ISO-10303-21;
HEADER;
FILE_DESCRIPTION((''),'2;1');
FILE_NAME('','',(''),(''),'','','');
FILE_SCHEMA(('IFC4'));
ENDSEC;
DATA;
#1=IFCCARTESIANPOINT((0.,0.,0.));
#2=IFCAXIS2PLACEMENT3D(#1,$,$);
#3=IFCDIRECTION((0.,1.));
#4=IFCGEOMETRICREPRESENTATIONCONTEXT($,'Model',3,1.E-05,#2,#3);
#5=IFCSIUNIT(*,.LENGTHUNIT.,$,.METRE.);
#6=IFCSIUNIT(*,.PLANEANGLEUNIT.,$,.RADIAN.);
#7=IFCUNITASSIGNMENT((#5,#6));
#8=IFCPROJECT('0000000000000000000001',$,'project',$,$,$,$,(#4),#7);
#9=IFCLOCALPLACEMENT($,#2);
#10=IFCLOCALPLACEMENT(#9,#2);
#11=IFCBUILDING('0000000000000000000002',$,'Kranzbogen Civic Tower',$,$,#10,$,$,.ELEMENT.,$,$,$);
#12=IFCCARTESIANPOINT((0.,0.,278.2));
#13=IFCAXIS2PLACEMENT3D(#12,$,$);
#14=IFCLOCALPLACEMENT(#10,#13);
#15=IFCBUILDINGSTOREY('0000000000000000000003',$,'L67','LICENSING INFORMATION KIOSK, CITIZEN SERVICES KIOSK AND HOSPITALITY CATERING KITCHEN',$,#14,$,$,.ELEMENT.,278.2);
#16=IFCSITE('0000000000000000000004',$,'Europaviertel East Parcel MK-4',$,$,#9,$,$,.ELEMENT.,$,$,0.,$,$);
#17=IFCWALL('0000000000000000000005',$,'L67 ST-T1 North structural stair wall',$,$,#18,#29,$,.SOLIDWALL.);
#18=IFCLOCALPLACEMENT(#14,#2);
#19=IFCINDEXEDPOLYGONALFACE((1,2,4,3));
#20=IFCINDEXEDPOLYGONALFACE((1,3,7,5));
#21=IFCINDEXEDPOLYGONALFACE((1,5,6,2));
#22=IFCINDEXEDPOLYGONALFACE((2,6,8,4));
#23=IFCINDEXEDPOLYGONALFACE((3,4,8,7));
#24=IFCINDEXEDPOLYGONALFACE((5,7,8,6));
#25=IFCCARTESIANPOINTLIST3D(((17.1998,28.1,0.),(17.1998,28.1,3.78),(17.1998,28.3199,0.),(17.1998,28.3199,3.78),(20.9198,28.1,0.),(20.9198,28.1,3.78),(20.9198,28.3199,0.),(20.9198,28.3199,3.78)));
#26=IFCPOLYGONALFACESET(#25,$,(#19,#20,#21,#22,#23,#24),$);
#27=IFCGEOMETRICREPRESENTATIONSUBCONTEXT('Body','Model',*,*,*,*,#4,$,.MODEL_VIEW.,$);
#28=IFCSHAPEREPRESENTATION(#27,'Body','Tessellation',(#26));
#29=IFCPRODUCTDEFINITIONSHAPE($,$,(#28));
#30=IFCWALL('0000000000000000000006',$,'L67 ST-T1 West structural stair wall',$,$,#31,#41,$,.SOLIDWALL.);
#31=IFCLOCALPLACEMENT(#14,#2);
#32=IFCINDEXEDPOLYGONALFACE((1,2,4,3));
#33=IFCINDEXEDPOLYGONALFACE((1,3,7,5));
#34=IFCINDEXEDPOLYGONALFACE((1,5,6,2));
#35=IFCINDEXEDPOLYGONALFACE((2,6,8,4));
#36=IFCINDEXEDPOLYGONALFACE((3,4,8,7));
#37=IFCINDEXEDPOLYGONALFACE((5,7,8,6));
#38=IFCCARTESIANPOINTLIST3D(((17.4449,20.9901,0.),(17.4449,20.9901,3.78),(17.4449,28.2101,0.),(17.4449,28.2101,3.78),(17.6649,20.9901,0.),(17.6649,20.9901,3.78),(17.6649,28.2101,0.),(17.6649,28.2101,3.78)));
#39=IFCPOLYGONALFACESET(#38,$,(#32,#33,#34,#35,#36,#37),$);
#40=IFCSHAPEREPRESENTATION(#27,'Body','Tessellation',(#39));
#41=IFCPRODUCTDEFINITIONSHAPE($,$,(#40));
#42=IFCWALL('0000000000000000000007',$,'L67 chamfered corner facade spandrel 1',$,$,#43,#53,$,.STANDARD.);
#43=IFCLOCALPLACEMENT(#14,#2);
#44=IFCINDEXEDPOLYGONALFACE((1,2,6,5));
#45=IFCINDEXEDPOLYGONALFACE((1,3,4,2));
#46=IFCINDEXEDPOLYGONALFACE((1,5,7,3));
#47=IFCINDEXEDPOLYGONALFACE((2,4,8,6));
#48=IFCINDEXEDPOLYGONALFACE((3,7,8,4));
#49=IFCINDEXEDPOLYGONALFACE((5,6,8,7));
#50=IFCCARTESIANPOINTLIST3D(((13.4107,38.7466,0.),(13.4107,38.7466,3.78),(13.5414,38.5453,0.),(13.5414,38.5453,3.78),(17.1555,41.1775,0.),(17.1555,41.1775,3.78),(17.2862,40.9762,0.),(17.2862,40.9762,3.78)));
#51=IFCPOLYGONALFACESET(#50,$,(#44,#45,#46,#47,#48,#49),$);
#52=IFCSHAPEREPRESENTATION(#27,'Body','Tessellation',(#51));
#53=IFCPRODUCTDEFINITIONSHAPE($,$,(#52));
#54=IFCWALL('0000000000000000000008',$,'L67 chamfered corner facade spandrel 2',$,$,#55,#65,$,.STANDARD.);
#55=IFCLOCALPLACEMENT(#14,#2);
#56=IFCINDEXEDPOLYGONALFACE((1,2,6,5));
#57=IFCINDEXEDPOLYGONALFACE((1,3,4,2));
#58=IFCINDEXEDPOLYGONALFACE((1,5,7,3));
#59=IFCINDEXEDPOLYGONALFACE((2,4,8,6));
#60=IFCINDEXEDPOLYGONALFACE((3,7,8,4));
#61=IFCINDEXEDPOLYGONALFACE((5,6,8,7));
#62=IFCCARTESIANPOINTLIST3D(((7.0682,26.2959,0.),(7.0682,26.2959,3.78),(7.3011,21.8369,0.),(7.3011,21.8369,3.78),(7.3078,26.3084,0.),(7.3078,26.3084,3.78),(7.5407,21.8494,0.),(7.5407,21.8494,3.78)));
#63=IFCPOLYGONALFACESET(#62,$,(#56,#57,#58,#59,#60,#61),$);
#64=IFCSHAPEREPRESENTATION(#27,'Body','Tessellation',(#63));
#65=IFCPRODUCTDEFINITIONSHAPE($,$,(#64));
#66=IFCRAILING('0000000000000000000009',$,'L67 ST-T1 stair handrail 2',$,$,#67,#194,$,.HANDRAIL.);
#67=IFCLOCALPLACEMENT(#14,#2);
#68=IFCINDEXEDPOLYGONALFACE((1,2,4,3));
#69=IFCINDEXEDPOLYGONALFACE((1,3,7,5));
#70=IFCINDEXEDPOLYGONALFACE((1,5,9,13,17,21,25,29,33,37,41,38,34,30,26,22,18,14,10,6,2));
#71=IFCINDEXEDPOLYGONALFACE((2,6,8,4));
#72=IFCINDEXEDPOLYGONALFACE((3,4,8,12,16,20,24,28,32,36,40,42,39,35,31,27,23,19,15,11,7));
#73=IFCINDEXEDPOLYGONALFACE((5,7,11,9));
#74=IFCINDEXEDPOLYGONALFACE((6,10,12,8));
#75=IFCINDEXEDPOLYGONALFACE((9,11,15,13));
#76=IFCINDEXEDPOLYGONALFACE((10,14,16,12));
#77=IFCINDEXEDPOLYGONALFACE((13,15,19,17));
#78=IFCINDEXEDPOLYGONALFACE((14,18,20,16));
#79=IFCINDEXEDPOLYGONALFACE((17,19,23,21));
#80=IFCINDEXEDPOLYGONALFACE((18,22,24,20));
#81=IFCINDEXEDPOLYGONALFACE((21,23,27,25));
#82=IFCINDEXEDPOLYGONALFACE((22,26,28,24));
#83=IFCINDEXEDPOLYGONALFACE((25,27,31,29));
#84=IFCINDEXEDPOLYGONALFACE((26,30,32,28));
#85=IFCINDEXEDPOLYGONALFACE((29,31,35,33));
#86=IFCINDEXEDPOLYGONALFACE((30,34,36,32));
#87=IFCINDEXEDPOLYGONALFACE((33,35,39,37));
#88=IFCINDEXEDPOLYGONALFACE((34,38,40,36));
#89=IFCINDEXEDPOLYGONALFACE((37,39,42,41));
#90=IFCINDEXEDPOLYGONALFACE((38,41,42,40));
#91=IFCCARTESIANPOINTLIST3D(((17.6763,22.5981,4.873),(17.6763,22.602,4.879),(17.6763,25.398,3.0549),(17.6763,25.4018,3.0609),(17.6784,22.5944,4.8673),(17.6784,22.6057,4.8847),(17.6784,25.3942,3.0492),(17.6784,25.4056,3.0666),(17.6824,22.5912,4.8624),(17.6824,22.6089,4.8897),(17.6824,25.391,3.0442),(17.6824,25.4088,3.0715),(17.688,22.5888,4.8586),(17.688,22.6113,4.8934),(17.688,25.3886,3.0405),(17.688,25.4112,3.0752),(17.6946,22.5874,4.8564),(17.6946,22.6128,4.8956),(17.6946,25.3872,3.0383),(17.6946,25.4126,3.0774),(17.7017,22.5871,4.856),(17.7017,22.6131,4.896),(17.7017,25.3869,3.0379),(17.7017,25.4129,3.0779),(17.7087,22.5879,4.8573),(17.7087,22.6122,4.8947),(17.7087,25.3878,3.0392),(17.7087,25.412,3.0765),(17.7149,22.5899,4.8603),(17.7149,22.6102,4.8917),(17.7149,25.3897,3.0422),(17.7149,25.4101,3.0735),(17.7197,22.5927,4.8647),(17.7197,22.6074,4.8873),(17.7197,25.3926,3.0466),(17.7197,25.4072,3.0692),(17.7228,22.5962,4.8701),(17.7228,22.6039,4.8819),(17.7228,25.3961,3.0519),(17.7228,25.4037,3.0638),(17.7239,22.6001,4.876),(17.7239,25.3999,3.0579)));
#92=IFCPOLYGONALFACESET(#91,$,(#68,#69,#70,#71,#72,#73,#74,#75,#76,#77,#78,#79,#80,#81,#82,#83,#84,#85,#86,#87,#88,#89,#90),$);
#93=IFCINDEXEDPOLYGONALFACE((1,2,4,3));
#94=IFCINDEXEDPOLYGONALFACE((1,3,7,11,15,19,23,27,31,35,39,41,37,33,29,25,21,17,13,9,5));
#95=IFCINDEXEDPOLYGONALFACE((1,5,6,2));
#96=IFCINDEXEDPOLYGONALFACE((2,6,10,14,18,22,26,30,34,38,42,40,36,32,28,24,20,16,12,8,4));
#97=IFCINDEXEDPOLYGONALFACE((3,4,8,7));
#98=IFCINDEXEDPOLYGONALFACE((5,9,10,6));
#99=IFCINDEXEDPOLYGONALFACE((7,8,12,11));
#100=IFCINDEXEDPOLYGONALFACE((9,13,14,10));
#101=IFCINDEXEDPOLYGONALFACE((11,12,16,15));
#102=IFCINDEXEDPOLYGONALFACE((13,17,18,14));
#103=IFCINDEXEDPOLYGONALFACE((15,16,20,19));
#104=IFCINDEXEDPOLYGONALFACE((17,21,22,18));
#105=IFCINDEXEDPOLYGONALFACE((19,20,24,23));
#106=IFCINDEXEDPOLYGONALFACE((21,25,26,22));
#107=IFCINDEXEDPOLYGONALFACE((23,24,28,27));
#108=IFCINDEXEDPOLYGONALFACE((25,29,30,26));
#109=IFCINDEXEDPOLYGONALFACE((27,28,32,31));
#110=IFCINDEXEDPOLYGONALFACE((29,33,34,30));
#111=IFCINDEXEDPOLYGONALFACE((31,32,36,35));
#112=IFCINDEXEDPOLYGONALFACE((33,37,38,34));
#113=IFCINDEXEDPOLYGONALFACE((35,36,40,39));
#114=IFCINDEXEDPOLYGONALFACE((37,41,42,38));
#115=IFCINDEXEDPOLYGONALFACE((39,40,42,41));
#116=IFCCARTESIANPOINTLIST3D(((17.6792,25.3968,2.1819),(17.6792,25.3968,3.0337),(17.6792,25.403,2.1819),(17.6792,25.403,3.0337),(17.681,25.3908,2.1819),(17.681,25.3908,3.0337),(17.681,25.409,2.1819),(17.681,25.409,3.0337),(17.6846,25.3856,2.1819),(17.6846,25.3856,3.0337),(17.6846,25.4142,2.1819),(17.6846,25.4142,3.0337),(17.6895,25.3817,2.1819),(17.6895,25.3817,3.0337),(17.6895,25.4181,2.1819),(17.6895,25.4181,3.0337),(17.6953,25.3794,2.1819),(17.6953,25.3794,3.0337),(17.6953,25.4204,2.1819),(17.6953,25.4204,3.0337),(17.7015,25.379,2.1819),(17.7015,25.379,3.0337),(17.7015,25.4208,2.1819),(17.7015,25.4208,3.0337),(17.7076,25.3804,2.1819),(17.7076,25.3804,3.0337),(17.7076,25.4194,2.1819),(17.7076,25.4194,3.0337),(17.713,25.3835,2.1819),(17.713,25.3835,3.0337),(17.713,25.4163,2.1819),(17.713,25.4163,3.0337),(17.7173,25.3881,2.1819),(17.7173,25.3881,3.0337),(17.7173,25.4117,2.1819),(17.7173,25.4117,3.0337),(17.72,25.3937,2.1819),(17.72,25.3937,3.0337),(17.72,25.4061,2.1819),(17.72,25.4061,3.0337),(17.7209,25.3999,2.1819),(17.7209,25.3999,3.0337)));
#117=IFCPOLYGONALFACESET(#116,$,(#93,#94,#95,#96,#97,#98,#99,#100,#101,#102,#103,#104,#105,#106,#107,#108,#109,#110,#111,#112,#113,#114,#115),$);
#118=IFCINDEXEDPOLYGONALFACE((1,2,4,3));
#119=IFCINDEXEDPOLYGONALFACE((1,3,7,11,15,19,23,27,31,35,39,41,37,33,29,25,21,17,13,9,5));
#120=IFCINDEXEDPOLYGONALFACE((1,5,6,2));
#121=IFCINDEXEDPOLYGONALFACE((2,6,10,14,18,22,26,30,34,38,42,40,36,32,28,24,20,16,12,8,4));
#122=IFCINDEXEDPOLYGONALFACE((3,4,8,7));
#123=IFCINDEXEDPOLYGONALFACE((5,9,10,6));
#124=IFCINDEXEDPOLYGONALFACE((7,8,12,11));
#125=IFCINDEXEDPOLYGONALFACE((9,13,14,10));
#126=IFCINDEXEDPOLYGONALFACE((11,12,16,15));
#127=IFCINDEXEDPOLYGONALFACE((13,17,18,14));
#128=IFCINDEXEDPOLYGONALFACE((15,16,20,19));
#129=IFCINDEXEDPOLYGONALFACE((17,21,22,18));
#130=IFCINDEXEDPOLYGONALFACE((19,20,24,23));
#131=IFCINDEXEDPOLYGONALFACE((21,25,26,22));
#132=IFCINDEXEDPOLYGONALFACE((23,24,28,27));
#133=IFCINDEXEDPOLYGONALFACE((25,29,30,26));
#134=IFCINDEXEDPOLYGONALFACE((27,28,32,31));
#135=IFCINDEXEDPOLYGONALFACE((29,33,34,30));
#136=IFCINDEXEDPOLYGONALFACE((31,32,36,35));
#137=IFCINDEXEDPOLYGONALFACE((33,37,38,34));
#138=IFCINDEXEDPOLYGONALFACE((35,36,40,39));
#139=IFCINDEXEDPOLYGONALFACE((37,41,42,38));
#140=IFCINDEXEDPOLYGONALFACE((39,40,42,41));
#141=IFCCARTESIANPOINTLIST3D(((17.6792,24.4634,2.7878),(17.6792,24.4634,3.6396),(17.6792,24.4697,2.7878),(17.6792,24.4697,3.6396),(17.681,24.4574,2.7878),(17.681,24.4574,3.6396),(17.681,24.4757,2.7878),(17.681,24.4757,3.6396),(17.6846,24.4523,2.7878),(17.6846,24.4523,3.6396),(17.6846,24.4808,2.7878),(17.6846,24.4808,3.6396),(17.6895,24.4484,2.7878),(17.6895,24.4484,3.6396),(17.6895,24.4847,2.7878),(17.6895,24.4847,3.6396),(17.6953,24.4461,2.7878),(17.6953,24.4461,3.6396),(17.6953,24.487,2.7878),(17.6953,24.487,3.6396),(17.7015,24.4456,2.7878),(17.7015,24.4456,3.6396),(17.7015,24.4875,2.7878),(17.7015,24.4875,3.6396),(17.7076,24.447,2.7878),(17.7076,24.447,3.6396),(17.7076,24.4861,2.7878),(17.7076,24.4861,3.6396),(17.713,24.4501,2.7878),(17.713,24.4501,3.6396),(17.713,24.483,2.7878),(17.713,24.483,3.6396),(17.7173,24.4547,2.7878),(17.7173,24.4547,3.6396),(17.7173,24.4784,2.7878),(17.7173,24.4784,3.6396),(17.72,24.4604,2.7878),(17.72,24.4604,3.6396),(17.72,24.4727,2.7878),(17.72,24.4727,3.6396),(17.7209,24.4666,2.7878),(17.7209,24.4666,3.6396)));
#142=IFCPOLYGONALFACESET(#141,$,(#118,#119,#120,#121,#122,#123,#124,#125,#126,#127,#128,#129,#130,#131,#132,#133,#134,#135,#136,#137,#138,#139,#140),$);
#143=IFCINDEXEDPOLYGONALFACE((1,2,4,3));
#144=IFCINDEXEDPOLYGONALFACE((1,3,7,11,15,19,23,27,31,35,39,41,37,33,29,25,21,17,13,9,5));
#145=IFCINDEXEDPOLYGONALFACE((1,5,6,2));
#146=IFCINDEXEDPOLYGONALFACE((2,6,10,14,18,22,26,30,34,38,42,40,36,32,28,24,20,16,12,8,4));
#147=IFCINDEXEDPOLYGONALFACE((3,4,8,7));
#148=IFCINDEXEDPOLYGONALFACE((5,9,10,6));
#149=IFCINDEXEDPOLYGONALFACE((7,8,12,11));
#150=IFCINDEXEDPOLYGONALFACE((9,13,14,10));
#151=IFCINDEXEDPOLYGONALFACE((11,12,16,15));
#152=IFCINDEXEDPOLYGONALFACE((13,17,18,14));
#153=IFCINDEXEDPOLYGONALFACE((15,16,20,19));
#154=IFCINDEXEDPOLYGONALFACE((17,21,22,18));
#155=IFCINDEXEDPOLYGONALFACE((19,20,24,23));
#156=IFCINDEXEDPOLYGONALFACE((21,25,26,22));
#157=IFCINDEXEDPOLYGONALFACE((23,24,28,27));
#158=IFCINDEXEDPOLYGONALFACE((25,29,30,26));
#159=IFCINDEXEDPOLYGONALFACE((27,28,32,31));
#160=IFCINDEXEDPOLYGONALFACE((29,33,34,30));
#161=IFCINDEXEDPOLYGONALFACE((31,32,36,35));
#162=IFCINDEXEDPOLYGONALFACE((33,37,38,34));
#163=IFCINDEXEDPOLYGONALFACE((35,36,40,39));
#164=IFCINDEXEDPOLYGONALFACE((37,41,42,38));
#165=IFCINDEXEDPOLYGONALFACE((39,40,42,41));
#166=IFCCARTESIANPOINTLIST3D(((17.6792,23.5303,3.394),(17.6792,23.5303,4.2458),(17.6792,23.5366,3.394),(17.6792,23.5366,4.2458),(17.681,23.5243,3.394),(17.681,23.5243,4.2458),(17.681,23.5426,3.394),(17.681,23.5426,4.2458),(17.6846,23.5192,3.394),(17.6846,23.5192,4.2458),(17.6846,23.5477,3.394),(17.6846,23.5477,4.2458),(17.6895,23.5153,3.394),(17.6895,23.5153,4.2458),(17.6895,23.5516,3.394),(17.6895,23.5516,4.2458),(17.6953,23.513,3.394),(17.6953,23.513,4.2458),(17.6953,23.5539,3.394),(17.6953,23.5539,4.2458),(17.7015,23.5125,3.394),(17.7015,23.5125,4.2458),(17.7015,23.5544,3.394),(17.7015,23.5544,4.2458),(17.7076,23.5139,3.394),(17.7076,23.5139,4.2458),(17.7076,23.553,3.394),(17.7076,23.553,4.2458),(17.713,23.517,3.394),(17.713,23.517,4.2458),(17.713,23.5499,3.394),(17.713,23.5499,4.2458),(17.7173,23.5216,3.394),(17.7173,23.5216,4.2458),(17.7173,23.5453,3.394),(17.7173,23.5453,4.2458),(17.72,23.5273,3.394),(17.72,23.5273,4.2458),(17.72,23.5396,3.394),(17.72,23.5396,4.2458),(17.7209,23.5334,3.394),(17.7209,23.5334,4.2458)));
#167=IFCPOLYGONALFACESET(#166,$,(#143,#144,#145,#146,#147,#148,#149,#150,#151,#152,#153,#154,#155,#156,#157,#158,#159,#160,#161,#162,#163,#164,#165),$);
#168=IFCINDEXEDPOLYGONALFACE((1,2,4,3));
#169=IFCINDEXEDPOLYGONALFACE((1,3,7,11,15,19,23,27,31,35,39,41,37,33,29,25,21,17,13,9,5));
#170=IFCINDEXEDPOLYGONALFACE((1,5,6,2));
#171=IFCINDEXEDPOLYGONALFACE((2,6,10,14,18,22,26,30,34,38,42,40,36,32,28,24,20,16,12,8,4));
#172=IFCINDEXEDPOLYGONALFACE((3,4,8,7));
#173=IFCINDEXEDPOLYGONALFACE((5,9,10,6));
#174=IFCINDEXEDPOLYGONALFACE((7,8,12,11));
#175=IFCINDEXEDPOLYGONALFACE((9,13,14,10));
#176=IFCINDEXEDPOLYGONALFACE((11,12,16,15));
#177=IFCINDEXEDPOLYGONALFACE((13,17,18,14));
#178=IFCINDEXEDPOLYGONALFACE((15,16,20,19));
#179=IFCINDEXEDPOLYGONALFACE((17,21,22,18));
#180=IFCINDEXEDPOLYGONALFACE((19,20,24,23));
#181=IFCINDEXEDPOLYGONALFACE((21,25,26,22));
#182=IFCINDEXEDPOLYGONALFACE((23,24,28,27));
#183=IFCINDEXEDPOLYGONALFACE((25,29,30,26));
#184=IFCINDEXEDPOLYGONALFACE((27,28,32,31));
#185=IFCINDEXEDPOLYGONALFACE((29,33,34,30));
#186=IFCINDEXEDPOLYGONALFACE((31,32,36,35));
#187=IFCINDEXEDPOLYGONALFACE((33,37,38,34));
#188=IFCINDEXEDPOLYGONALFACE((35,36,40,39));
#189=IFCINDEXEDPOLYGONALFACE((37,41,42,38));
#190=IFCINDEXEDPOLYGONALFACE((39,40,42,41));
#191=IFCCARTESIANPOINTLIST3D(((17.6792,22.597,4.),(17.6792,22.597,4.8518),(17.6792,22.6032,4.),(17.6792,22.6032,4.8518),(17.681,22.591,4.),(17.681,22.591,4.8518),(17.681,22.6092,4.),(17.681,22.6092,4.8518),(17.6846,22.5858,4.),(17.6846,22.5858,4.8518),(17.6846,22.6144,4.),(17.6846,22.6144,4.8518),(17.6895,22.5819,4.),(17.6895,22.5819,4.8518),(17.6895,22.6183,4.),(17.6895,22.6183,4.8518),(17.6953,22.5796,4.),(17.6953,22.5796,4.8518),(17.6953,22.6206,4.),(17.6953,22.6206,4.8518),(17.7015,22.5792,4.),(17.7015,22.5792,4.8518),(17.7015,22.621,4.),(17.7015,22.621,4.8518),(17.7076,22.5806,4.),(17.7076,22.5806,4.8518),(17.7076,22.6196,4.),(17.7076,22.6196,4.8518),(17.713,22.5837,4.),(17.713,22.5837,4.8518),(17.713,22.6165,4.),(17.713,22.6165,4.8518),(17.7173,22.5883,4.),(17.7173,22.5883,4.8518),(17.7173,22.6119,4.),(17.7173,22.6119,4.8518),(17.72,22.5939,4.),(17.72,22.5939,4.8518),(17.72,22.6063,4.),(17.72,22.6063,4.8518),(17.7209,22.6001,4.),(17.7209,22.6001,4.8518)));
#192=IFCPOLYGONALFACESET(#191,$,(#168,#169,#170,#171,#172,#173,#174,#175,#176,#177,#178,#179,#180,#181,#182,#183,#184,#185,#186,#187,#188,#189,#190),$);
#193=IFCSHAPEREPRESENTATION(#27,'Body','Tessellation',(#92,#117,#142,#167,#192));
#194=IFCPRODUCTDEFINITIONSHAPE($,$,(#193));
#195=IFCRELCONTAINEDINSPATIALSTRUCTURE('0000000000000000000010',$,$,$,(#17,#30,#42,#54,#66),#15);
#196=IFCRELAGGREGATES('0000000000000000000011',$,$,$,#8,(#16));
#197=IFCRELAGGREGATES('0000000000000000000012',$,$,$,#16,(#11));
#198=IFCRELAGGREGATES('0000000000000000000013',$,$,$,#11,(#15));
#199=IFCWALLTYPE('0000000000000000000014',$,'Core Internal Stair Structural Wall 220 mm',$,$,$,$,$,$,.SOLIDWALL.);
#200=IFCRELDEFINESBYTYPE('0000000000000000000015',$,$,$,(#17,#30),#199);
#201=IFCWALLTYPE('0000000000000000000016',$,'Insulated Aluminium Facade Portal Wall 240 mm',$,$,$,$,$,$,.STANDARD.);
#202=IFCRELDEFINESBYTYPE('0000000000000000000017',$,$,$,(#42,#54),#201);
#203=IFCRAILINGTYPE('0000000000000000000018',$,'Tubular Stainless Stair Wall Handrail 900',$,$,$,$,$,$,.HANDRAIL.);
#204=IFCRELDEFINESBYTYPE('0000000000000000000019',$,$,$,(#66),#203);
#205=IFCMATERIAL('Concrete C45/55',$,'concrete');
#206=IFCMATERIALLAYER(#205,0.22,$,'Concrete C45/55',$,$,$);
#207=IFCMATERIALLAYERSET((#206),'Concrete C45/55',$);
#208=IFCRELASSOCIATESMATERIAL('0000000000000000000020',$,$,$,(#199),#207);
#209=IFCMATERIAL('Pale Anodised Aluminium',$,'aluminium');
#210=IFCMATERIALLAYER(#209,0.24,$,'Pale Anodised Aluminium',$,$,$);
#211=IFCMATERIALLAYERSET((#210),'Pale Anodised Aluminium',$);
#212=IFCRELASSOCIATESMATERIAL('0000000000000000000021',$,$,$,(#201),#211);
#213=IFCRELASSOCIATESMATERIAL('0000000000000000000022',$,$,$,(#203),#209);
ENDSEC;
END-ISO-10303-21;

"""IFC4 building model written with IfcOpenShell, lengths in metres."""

from ifc_helpers import new_model, si_unit, direction, frame, frame_2d, origin, origin_2d, place, context, subcontext, project, spatial, rectangle, circle, extrude, material, layer, layer_set, type_object, element, save


model = new_model("IFC4")

# Units and contexts
model_context = context("Model", 3, precision=1e-05, world=origin(), true_north=direction((0.0, 1.0)))
body_context = subcontext(model_context, "Body", "Model", "MODEL_VIEW")
ifc_project = project(units=[si_unit("LENGTHUNIT", "METRE"), si_unit("PLANEANGLEUNIT", "RADIAN")], contexts=[model_context])

# Site, building, storey
site_placement = place(None, origin())
site = spatial("IfcSite", under=ifc_project, at=site_placement, Name="Europaviertel East Parcel MK-4", CompositionType="ELEMENT", RefElevation=0.0)
building_placement = place(site_placement, origin())
building = spatial("IfcBuilding", under=site, at=building_placement, Name="Kranzbogen Civic Tower", CompositionType="ELEMENT")
storey_placement = place(building_placement, frame((0.0, 0.0, 278.2)))
storey = spatial("IfcBuildingStorey", under=building, at=storey_placement, Name="L67", Description="LICENSING INFORMATION KIOSK, CITIZEN SERVICES KIOSK AND HOSPITALITY CATERING KITCHEN", CompositionType="ELEMENT", Elevation=278.2)

# Shared definitions
ifc_material_1 = material(Name="Pale Anodised Aluminium", Category="aluminium")

# Shared definitions
ifc_material_2 = material(Name="Concrete C45/55", Category="concrete")

# Walls
ifc_layer_1 = layer(ifc_material_2, 0.22, Name="Concrete C45/55")
ifc_layer_set_1 = layer_set([ifc_layer_1], Name="Concrete C45/55")
wall_type_1 = type_object("IfcWallType", Name="Core Internal Stair Structural Wall 220 mm", PredefinedType="SOLIDWALL", material=ifc_layer_set_1)
wall_1_placement = place(storey_placement, frame((17.2, 28.21, 0.0), z_axis=(0.0, 0.0, 1.0), x_axis=(1.0, 0.0, 0.0)))
element("IfcWall", 1, at=wall_1_placement, inside=storey, type_object=wall_type_1, Name="L67 ST-T1 North structural stair wall", PredefinedType="SOLIDWALL", context=body_context, shape_type="SweptSolid", body=[
    extrude(rectangle(XDim=3.72, YDim=0.22, at=frame_2d((1.8599, 0.0))), origin(), (0.0, 0.0, 1.0), 3.78),
])
wall_2_placement = place(storey_placement, frame((17.5549, 28.21, 0.0), z_axis=(0.0, 0.0, 1.0), x_axis=(0.0, -1.0, 0.0)))
element("IfcWall", 2, at=wall_2_placement, inside=storey, type_object=wall_type_1, Name="L67 ST-T1 West structural stair wall", PredefinedType="SOLIDWALL", context=body_context, shape_type="SweptSolid", body=[
    extrude(rectangle(XDim=7.22, YDim=0.22, at=frame_2d((3.6099, 0.0))), origin(), (0.0, 0.0, 1.0), 3.78),
])
ifc_layer_2 = layer(ifc_material_1, 0.24, Name="Pale Anodised Aluminium")
ifc_layer_set_2 = layer_set([ifc_layer_2], Name="Pale Anodised Aluminium")
wall_type_2 = type_object("IfcWallType", Name="Insulated Aluminium Facade Portal Wall 240 mm", PredefinedType="STANDARD", material=ifc_layer_set_2)
wall_3_placement = place(storey_placement, frame((17.2209, 41.0769, 0.0), z_axis=(0.0, 0.0, 1.0), x_axis=(-0.838777, -0.544475, 0.0)))
element("IfcWall", 3, at=wall_3_placement, inside=storey, type_object=wall_type_2, Name="L67 chamfered corner facade spandrel 1", PredefinedType="STANDARD", context=body_context, shape_type="SweptSolid", body=[
    extrude(rectangle(XDim=4.4646, YDim=0.24, at=frame_2d((2.2324, 0.0))), origin(), (0.0, 0.0, 1.0), 3.78),
])
wall_4_placement = place(storey_placement, frame((7.188, 26.302, 0.0), z_axis=(0.0, 0.0, 1.0), x_axis=(0.052163, -0.998639, 0.0)))
element("IfcWall", 4, at=wall_4_placement, inside=storey, type_object=wall_type_2, Name="L67 chamfered corner facade spandrel 2", PredefinedType="STANDARD", context=body_context, shape_type="SweptSolid", body=[
    extrude(rectangle(XDim=4.4651, YDim=0.24, at=frame_2d((2.2324, 0.0))), origin(), (0.0, 0.0, 1.0), 3.78),
])

# Railing
railing_type = type_object("IfcRailingType", Name="Tubular Stainless Stair Wall Handrail 900", PredefinedType="HANDRAIL", material=ifc_material_1)
railing_placement = place(storey_placement, frame((17.7, 25.3999, 2.1819)))
element("IfcRailing", 5, at=railing_placement, inside=storey, type_object=railing_type, Name="L67 ST-T1 stair handrail 2", PredefinedType="HANDRAIL", context=body_context, shape_type="SweptSolid", body=[
    extrude(circle(Radius=0.0239, at=origin_2d()), frame((0.0, 0.0, 0.876), z_axis=(0.0, -0.838684, 0.544618), x_axis=(1.0, 0.0, 0.0)), (0.0, 0.0, 1.0), 3.3384),
    extrude(circle(Radius=0.021, at=origin_2d()), origin(), (0.0, 0.0, 1.0), 0.8518),
    extrude(circle(Radius=0.021, at=origin_2d()), frame((0.0, -0.9333, 0.606)), (0.0, 0.0, 1.0), 0.8518),
    extrude(circle(Radius=0.021, at=origin_2d()), frame((0.0, -1.8665, 1.2122)), (0.0, 0.0, 1.0), 0.8518),
    extrude(circle(Radius=0.021, at=origin_2d()), frame((0.0, -2.7998, 1.8181)), (0.0, 0.0, 1.0), 0.8518),
])

save(model, "model.ifc")
